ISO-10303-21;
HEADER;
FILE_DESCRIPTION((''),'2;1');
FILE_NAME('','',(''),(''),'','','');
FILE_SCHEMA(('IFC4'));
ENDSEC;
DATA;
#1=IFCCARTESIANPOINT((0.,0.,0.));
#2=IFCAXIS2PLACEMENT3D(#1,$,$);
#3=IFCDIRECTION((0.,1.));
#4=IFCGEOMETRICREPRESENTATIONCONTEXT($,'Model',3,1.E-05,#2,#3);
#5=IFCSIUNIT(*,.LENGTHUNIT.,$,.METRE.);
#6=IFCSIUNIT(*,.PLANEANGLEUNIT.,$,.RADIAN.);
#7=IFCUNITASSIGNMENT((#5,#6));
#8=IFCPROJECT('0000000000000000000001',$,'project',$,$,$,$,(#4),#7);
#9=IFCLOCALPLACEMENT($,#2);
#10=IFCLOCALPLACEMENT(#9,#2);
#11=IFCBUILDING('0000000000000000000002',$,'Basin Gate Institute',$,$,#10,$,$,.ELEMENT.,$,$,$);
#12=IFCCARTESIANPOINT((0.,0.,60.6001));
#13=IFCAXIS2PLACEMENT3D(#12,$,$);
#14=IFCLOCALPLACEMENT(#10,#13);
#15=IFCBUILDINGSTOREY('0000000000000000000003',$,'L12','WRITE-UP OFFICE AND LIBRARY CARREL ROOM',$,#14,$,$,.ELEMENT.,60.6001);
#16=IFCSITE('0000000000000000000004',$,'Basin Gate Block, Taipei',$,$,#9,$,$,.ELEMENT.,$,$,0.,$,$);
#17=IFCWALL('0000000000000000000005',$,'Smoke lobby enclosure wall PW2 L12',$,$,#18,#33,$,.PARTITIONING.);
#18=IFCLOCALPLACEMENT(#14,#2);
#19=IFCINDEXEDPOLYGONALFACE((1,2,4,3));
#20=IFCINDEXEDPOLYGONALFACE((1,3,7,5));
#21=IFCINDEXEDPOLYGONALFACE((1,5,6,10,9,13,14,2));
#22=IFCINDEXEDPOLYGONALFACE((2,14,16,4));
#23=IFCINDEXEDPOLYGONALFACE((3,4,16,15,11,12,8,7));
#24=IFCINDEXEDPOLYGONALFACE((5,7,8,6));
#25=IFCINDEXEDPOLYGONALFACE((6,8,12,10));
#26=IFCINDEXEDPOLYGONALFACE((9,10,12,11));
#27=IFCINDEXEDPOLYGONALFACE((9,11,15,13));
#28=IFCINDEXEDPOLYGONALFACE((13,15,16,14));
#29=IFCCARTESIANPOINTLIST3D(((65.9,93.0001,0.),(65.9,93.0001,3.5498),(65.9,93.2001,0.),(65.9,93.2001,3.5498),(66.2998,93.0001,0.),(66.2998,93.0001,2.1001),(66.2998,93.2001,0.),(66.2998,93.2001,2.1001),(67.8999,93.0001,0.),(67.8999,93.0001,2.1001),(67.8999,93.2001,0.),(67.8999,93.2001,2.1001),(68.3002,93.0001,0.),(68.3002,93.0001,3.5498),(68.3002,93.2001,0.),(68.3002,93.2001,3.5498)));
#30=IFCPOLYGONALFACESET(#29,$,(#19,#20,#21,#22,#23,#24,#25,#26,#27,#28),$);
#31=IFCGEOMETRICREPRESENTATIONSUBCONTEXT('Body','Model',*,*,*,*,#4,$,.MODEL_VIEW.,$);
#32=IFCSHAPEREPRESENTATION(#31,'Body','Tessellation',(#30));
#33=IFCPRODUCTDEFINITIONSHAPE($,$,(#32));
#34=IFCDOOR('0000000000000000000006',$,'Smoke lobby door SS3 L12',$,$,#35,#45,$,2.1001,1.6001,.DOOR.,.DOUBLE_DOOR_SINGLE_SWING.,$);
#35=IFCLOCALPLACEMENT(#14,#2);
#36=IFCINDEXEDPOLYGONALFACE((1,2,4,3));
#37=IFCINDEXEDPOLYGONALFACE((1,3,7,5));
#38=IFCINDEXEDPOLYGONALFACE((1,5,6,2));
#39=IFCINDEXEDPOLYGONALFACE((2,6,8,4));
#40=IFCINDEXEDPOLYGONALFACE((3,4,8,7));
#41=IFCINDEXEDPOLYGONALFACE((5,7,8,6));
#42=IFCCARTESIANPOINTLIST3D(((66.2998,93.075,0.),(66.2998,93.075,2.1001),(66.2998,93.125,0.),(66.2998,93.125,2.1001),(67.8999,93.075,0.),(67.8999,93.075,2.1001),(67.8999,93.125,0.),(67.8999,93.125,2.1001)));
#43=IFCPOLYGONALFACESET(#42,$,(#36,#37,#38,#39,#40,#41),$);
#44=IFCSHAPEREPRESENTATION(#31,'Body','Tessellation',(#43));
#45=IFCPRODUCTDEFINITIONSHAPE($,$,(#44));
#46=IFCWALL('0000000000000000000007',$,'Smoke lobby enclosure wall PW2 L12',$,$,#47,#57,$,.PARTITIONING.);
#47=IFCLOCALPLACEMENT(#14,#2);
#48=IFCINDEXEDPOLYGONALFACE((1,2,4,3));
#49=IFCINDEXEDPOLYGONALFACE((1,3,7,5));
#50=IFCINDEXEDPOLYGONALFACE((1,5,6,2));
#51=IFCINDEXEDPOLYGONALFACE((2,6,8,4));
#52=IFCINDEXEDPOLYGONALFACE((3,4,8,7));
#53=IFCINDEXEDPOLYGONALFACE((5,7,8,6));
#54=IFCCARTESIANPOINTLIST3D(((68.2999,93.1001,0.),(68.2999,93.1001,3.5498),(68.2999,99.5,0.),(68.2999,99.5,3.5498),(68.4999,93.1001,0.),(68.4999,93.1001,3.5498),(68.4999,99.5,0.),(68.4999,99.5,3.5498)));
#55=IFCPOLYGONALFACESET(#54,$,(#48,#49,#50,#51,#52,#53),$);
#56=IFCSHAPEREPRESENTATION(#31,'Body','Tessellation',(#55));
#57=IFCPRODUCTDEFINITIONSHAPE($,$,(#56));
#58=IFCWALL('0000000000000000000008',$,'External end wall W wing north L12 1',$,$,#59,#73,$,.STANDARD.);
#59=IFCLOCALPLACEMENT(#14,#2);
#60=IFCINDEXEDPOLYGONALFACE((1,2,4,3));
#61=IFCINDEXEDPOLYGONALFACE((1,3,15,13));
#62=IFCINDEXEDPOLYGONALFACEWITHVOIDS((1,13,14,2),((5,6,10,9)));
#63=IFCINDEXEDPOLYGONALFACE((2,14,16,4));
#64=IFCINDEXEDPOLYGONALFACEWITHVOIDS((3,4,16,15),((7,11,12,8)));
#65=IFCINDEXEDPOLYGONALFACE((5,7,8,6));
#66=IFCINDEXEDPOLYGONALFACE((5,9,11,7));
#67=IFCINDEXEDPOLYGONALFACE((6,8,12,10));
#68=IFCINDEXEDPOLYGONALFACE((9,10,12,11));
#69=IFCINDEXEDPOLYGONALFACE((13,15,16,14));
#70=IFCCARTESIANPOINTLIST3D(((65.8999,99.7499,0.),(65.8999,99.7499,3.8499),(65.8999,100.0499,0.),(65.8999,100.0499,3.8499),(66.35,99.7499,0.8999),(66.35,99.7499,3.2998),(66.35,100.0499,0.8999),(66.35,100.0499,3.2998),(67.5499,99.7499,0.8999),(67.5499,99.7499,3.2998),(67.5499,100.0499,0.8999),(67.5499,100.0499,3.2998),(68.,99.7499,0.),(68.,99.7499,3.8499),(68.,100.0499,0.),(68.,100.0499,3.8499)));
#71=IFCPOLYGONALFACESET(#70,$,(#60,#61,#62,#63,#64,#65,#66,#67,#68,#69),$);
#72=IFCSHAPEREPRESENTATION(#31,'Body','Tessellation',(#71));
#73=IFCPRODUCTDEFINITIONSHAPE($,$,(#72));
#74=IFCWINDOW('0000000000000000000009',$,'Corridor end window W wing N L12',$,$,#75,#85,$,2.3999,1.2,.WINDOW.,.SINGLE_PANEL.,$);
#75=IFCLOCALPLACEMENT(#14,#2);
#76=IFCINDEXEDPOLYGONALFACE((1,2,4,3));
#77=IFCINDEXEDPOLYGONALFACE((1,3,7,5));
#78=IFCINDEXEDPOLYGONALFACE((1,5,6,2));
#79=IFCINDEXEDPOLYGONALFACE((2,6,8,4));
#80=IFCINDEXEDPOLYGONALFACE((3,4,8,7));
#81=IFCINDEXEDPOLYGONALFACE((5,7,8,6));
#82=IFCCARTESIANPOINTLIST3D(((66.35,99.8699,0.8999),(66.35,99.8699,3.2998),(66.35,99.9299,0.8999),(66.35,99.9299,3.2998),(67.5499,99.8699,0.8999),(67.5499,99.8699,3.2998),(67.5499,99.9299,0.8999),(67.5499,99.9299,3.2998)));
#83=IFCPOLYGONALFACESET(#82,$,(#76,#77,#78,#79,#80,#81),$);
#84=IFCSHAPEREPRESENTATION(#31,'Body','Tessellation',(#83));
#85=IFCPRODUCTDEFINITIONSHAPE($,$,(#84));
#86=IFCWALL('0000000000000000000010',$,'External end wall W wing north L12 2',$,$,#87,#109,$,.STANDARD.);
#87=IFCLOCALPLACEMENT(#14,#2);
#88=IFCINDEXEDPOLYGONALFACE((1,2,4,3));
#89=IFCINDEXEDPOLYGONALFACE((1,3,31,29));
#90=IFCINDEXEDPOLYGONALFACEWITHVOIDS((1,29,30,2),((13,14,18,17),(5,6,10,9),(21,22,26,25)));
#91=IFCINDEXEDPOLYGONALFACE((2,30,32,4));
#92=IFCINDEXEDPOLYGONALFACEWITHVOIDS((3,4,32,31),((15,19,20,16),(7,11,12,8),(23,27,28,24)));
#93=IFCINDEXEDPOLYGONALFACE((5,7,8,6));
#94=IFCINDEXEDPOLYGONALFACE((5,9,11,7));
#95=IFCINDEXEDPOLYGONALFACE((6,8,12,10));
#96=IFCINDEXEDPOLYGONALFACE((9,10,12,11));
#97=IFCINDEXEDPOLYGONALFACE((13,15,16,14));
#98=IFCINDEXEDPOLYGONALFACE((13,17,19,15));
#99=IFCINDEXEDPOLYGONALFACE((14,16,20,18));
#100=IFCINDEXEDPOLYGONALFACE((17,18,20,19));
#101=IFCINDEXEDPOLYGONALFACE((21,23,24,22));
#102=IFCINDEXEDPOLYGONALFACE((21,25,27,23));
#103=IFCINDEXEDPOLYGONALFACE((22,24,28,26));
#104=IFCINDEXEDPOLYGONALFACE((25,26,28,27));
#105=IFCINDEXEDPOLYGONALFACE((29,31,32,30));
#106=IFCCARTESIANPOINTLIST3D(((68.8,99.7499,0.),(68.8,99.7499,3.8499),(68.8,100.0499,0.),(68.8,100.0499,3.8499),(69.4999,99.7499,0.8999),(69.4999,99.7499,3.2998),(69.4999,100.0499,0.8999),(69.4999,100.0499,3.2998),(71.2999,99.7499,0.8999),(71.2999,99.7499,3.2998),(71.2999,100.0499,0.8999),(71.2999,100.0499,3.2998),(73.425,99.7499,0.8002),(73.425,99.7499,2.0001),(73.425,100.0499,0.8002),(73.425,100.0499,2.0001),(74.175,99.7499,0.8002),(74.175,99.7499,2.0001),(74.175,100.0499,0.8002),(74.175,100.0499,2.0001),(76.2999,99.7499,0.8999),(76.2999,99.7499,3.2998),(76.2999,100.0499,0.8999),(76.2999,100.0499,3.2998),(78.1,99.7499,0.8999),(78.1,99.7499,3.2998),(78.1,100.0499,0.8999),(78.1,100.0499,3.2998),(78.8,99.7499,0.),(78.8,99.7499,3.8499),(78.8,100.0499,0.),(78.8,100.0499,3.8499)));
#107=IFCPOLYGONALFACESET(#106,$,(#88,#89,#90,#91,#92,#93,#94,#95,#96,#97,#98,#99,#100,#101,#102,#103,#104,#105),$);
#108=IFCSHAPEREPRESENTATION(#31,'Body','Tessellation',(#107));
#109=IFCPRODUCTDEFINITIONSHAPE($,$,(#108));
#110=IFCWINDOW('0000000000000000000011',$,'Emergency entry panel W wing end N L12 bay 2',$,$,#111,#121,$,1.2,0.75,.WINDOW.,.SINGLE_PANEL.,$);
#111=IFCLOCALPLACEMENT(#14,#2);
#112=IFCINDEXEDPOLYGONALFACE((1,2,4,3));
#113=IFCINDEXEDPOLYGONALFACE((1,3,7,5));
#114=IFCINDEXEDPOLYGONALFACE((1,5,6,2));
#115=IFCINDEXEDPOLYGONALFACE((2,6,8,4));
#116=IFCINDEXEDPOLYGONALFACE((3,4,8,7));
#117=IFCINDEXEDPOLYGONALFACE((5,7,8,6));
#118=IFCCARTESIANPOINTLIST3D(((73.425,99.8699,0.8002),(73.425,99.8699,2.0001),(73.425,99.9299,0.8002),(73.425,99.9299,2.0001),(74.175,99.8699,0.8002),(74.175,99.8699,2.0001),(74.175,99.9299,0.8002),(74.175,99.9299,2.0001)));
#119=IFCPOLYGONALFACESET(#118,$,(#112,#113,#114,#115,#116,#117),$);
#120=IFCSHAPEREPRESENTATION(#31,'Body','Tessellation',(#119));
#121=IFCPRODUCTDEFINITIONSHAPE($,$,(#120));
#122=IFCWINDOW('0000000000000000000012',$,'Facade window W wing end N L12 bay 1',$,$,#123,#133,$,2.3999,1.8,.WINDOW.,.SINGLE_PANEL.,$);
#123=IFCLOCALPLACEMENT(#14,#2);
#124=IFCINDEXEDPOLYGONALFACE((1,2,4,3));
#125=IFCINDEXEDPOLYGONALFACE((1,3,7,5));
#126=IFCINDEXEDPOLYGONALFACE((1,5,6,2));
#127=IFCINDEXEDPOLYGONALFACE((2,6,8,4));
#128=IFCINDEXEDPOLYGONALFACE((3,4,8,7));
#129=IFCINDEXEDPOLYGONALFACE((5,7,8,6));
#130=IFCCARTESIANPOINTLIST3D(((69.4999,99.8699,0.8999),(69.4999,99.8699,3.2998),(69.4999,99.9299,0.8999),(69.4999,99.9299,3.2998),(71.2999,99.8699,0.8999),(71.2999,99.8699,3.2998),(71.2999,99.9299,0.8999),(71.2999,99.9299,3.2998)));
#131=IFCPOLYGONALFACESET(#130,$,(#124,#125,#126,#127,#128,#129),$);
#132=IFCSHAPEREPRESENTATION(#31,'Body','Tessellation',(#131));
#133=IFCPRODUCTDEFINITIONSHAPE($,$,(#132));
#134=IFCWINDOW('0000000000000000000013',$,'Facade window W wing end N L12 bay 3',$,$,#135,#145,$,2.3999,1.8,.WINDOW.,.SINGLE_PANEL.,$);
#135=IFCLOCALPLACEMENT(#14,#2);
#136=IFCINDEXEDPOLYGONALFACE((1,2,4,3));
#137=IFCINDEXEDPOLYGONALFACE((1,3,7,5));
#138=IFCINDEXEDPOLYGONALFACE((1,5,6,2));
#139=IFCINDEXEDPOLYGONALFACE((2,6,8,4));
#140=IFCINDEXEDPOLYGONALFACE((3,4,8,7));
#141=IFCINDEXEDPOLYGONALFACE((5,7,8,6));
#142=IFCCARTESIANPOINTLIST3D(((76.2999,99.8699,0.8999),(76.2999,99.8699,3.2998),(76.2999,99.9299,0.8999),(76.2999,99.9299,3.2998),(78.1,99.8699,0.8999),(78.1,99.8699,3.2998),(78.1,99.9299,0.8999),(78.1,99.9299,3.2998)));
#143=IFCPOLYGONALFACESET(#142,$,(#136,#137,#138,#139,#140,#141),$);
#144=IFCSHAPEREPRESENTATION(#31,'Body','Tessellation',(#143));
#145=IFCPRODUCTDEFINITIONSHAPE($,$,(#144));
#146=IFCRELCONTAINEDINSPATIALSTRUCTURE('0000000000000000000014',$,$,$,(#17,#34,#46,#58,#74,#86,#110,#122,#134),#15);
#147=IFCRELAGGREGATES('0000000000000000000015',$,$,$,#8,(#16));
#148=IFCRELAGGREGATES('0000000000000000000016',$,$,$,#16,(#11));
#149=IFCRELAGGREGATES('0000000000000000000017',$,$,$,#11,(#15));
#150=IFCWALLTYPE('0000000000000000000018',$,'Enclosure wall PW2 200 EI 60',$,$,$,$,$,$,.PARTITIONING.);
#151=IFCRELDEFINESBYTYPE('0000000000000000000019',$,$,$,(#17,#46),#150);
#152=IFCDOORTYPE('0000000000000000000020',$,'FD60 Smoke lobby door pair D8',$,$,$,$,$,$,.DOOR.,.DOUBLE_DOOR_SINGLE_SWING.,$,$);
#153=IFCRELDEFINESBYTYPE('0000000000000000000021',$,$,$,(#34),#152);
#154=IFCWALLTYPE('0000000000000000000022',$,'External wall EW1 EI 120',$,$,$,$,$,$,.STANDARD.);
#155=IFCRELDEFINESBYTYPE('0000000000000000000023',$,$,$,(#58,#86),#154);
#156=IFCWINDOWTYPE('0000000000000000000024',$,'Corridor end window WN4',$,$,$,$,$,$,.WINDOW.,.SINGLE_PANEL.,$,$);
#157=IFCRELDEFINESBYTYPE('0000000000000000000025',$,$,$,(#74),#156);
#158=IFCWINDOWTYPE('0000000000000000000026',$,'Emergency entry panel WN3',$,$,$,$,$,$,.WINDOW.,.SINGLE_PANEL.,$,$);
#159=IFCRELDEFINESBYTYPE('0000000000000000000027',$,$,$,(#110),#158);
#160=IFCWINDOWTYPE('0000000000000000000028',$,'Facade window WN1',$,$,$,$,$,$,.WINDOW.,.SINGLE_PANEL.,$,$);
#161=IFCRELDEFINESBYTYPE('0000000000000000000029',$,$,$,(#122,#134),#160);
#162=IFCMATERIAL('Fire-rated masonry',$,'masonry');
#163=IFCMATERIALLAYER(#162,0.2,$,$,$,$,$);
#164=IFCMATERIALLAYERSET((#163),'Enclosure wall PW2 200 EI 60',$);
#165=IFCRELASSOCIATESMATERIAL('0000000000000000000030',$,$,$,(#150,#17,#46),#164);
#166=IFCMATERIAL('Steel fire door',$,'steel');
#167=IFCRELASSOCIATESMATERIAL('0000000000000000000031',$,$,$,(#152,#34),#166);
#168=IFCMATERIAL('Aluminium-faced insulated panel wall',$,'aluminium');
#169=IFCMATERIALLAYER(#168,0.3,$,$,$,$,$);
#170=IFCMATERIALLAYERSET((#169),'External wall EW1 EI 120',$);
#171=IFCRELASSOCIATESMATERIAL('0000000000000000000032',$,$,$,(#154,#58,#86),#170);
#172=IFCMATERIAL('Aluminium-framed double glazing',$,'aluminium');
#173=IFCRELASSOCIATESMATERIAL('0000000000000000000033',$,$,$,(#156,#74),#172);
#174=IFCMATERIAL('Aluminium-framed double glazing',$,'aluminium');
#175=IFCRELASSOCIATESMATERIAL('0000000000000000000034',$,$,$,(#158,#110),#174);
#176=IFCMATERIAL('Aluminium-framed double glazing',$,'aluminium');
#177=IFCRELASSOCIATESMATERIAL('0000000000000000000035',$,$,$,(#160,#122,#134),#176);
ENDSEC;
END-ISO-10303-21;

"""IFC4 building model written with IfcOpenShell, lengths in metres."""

from ifc_helpers import new_model, si_unit, direction, frame, frame_2d, origin, place, context, subcontext, project, spatial, rectangle, extrude, material, layer, layer_set, type_object, element, fill, save


model = new_model("IFC4")

# Units and contexts
model_context = context("Model", 3, precision=1e-05, world=origin(), true_north=direction((0.0, 1.0)))
body_context = subcontext(model_context, "Body", "Model", "MODEL_VIEW")
ifc_project = project(units=[si_unit("LENGTHUNIT", "METRE"), si_unit("PLANEANGLEUNIT", "RADIAN")], contexts=[model_context])

# Site, building, storey
site_placement = place(None, origin())
site = spatial("IfcSite", under=ifc_project, at=site_placement, Name="Basin Gate Block, Taipei", CompositionType="ELEMENT", RefElevation=0.0)
building_placement = place(site_placement, origin())
building = spatial("IfcBuilding", under=site, at=building_placement, Name="Basin Gate Institute", CompositionType="ELEMENT")
storey_placement = place(building_placement, frame((0.0, 0.0, 60.6001)))
storey = spatial("IfcBuildingStorey", under=building, at=storey_placement, Name="L12", Description="WRITE-UP OFFICE AND LIBRARY CARREL ROOM", CompositionType="ELEMENT", Elevation=60.6001)

# Wall, opening, door
ifc_material_1 = material(Name="Fire-rated masonry", Category="masonry")
ifc_layer_1 = layer(ifc_material_1, 0.2)
ifc_layer_set_1 = layer_set([ifc_layer_1], Name="Enclosure wall PW2 200 EI 60")
wall_type_1 = type_object("IfcWallType", Name="Enclosure wall PW2 200 EI 60", PredefinedType="PARTITIONING", material=ifc_layer_set_1)
wall_1_placement = place(storey_placement, frame((65.8999, 93.1001, 0.0), z_axis=(0.0, 0.0, 1.0), x_axis=(1.0, 0.0, 0.0)))
wall_1 = element("IfcWall", 1, at=wall_1_placement, inside=storey, type_object=wall_type_1, material=ifc_layer_set_1, Name="Smoke lobby enclosure wall PW2 L12", PredefinedType="PARTITIONING", context=body_context, shape_type="SweptSolid", body=[
    extrude(rectangle(XDim=2.4001, YDim=0.2, at=frame_2d((1.2002, 0.0))), origin(), (0.0, 0.0, 1.0), 3.5498),
])
opening_1_placement = place(wall_1_placement, frame((0.3999, 0.0, 0.0)))
opening_1 = element("IfcOpeningElement", 2, at=opening_1_placement, cuts=wall_1, PredefinedType="OPENING", context=body_context, shape_type="SweptSolid", body=[
    extrude(rectangle(XDim=1.6001, YDim=2.1001, at=frame_2d((0.8, 1.05))), frame((0.0, 0.1099, 0.0), z_axis=(0.0, -1.0, 0.0), x_axis=(1.0, 0.0, 0.0)), (0.0, 0.0, 1.0), 0.22),
])
ifc_material_2 = material(Name="Steel fire door", Category="steel")
door_type = type_object("IfcDoorType", Name="FD60 Smoke lobby door pair D8", OperationType="DOUBLE_DOOR_SINGLE_SWING", PredefinedType="DOOR", material=ifc_material_2)
door_placement = place(opening_1_placement, origin())
door = element("IfcDoor", 3, at=door_placement, inside=storey, type_object=door_type, material=ifc_material_2, Name="Smoke lobby door SS3 L12", OperationType="DOUBLE_DOOR_SINGLE_SWING", OverallHeight=2.1001, OverallWidth=1.6001, PredefinedType="DOOR", context=body_context, shape_type="SweptSolid", body=[
    extrude(rectangle(XDim=1.6001, YDim=2.1001, at=frame_2d((0.8, 1.05))), frame((0.0, 0.0249, 0.0), z_axis=(0.0, -1.0, 0.0), x_axis=(1.0, 0.0, 0.0)), (0.0, 0.0, 1.0), 0.05),
])
fill(opening_1, door)

# Wall
wall_2_placement = place(storey_placement, frame((68.3999, 93.1001, 0.0), z_axis=(0.0, 0.0, 1.0), x_axis=(0.0, 1.0, 0.0)))
element("IfcWall", 4, at=wall_2_placement, inside=storey, type_object=wall_type_1, material=ifc_layer_set_1, Name="Smoke lobby enclosure wall PW2 L12", PredefinedType="PARTITIONING", context=body_context, shape_type="SweptSolid", body=[
    extrude(rectangle(XDim=6.3999, YDim=0.2, at=frame_2d((3.2, 0.0))), origin(), (0.0, 0.0, 1.0), 3.5498),
])

# Wall, opening, window
ifc_material_3 = material(Name="Aluminium-faced insulated panel wall", Category="aluminium")
ifc_layer_2 = layer(ifc_material_3, 0.3)
ifc_layer_set_2 = layer_set([ifc_layer_2], Name="External wall EW1 EI 120")
wall_type_2 = type_object("IfcWallType", Name="External wall EW1 EI 120", PredefinedType="STANDARD", material=ifc_layer_set_2)
wall_3_placement = place(storey_placement, frame((65.8999, 99.8999, 0.0), z_axis=(0.0, 0.0, 1.0), x_axis=(1.0, 0.0, 0.0)))
wall_3 = element("IfcWall", 5, at=wall_3_placement, inside=storey, type_object=wall_type_2, material=ifc_layer_set_2, Name="External end wall W wing north L12 1", PredefinedType="STANDARD", context=body_context, shape_type="SweptSolid", body=[
    extrude(rectangle(XDim=2.1001, YDim=0.3, at=frame_2d((1.05, 0.0))), origin(), (0.0, 0.0, 1.0), 3.8499),
])
opening_2_placement = place(wall_3_placement, frame((0.45, 0.0, 0.8999)))
opening_2 = element("IfcOpeningElement", 6, at=opening_2_placement, cuts=wall_3, PredefinedType="OPENING", context=body_context, shape_type="SweptSolid", body=[
    extrude(rectangle(XDim=1.2, YDim=2.3999, at=frame_2d((0.6001, 1.2))), frame((0.0, 0.1602, 0.0), z_axis=(0.0, -1.0, 0.0), x_axis=(1.0, 0.0, 0.0)), (0.0, 0.0, 1.0), 0.3201),
])
ifc_material_4 = material(Name="Aluminium-framed double glazing", Category="aluminium")
window_type_1 = type_object("IfcWindowType", Name="Corridor end window WN4", PartitioningType="SINGLE_PANEL", PredefinedType="WINDOW", material=ifc_material_4)
window_1_placement = place(opening_2_placement, origin())
window_1 = element("IfcWindow", 7, at=window_1_placement, inside=storey, type_object=window_type_1, material=ifc_material_4, Name="Corridor end window W wing N L12", OverallHeight=2.3999, OverallWidth=1.2, PartitioningType="SINGLE_PANEL", PredefinedType="WINDOW", context=body_context, shape_type="SweptSolid", body=[
    extrude(rectangle(XDim=1.2, YDim=2.3999, at=frame_2d((0.6001, 1.2))), frame((0.0, 0.03, 0.0), z_axis=(0.0, -1.0, 0.0), x_axis=(1.0, 0.0, 0.0)), (0.0, 0.0, 1.0), 0.0601),
])
fill(opening_2, window_1)

# Wall, openings, windows
wall_4_placement = place(storey_placement, frame((68.8, 99.8999, 0.0), z_axis=(0.0, 0.0, 1.0), x_axis=(1.0, 0.0, 0.0)))
wall_4 = element("IfcWall", 8, at=wall_4_placement, inside=storey, type_object=wall_type_2, material=ifc_layer_set_2, Name="External end wall W wing north L12 2", PredefinedType="STANDARD", context=body_context, shape_type="SweptSolid", body=[
    extrude(rectangle(XDim=10.0, YDim=0.3, at=frame_2d((5.0, 0.0))), origin(), (0.0, 0.0, 1.0), 3.8499),
])
opening_3_placement = place(wall_4_placement, frame((0.7, 0.0, 0.8999)))
opening_3 = element("IfcOpeningElement", 9, at=opening_3_placement, cuts=wall_4, PredefinedType="OPENING", context=body_context, shape_type="SweptSolid", body=[
    extrude(rectangle(XDim=1.8, YDim=2.3999, at=frame_2d((0.8999, 1.2))), frame((0.0, 0.1602, 0.0), z_axis=(0.0, -1.0, 0.0), x_axis=(1.0, 0.0, 0.0)), (0.0, 0.0, 1.0), 0.3201),
])
opening_4_placement = place(wall_4_placement, frame((4.625, 0.0, 0.8)))
opening_4 = element("IfcOpeningElement", 10, at=opening_4_placement, cuts=wall_4, PredefinedType="OPENING", context=body_context, shape_type="SweptSolid", body=[
    extrude(rectangle(XDim=0.75, YDim=1.2, at=frame_2d((0.375, 0.6001))), frame((0.0, 0.1602, 0.0), z_axis=(0.0, -1.0, 0.0), x_axis=(1.0, 0.0, 0.0)), (0.0, 0.0, 1.0), 0.3201),
])
opening_5_placement = place(wall_4_placement, frame((7.5, 0.0, 0.8999)))
opening_5 = element("IfcOpeningElement", 11, at=opening_5_placement, cuts=wall_4, PredefinedType="OPENING", context=body_context, shape_type="SweptSolid", body=[
    extrude(rectangle(XDim=1.8, YDim=2.3999, at=frame_2d((0.8999, 1.2))), frame((0.0, 0.1602, 0.0), z_axis=(0.0, -1.0, 0.0), x_axis=(1.0, 0.0, 0.0)), (0.0, 0.0, 1.0), 0.3201),
])
ifc_material_5 = material(Name="Aluminium-framed double glazing", Category="aluminium")
window_type_2 = type_object("IfcWindowType", Name="Emergency entry panel WN3", PartitioningType="SINGLE_PANEL", PredefinedType="WINDOW", material=ifc_material_5)
window_2_placement = place(opening_4_placement, origin())
window_2 = element("IfcWindow", 12, at=window_2_placement, inside=storey, type_object=window_type_2, material=ifc_material_5, Name="Emergency entry panel W wing end N L12 bay 2", OverallHeight=1.2, OverallWidth=0.75, PartitioningType="SINGLE_PANEL", PredefinedType="WINDOW", context=body_context, shape_type="SweptSolid", body=[
    extrude(rectangle(XDim=0.75, YDim=1.2, at=frame_2d((0.375, 0.6001))), frame((0.0, 0.03, 0.0), z_axis=(0.0, -1.0, 0.0), x_axis=(1.0, 0.0, 0.0)), (0.0, 0.0, 1.0), 0.0601),
])
fill(opening_4, window_2)
ifc_material_6 = material(Name="Aluminium-framed double glazing", Category="aluminium")
window_type_3 = type_object("IfcWindowType", Name="Facade window WN1", PartitioningType="SINGLE_PANEL", PredefinedType="WINDOW", material=ifc_material_6)
window_3_placement = place(opening_3_placement, origin())
window_3 = element("IfcWindow", 13, at=window_3_placement, inside=storey, type_object=window_type_3, material=ifc_material_6, Name="Facade window W wing end N L12 bay 1", OverallHeight=2.3999, OverallWidth=1.8, PartitioningType="SINGLE_PANEL", PredefinedType="WINDOW", context=body_context, shape_type="SweptSolid", body=[
    extrude(rectangle(XDim=1.8, YDim=2.3999, at=frame_2d((0.8999, 1.2))), frame((0.0, 0.03, 0.0), z_axis=(0.0, -1.0, 0.0), x_axis=(1.0, 0.0, 0.0)), (0.0, 0.0, 1.0), 0.0601),
])
fill(opening_3, window_3)
window_4_placement = place(opening_5_placement, origin())
window_4 = element("IfcWindow", 14, at=window_4_placement, inside=storey, type_object=window_type_3, material=ifc_material_6, Name="Facade window W wing end N L12 bay 3", OverallHeight=2.3999, OverallWidth=1.8, PartitioningType="SINGLE_PANEL", PredefinedType="WINDOW", context=body_context, shape_type="SweptSolid", body=[
    extrude(rectangle(XDim=1.8, YDim=2.3999, at=frame_2d((0.8999, 1.2))), frame((0.0, 0.03, 0.0), z_axis=(0.0, -1.0, 0.0), x_axis=(1.0, 0.0, 0.0)), (0.0, 0.0, 1.0), 0.0601),
])
fill(opening_5, window_4)

save(model, "model.ifc")
